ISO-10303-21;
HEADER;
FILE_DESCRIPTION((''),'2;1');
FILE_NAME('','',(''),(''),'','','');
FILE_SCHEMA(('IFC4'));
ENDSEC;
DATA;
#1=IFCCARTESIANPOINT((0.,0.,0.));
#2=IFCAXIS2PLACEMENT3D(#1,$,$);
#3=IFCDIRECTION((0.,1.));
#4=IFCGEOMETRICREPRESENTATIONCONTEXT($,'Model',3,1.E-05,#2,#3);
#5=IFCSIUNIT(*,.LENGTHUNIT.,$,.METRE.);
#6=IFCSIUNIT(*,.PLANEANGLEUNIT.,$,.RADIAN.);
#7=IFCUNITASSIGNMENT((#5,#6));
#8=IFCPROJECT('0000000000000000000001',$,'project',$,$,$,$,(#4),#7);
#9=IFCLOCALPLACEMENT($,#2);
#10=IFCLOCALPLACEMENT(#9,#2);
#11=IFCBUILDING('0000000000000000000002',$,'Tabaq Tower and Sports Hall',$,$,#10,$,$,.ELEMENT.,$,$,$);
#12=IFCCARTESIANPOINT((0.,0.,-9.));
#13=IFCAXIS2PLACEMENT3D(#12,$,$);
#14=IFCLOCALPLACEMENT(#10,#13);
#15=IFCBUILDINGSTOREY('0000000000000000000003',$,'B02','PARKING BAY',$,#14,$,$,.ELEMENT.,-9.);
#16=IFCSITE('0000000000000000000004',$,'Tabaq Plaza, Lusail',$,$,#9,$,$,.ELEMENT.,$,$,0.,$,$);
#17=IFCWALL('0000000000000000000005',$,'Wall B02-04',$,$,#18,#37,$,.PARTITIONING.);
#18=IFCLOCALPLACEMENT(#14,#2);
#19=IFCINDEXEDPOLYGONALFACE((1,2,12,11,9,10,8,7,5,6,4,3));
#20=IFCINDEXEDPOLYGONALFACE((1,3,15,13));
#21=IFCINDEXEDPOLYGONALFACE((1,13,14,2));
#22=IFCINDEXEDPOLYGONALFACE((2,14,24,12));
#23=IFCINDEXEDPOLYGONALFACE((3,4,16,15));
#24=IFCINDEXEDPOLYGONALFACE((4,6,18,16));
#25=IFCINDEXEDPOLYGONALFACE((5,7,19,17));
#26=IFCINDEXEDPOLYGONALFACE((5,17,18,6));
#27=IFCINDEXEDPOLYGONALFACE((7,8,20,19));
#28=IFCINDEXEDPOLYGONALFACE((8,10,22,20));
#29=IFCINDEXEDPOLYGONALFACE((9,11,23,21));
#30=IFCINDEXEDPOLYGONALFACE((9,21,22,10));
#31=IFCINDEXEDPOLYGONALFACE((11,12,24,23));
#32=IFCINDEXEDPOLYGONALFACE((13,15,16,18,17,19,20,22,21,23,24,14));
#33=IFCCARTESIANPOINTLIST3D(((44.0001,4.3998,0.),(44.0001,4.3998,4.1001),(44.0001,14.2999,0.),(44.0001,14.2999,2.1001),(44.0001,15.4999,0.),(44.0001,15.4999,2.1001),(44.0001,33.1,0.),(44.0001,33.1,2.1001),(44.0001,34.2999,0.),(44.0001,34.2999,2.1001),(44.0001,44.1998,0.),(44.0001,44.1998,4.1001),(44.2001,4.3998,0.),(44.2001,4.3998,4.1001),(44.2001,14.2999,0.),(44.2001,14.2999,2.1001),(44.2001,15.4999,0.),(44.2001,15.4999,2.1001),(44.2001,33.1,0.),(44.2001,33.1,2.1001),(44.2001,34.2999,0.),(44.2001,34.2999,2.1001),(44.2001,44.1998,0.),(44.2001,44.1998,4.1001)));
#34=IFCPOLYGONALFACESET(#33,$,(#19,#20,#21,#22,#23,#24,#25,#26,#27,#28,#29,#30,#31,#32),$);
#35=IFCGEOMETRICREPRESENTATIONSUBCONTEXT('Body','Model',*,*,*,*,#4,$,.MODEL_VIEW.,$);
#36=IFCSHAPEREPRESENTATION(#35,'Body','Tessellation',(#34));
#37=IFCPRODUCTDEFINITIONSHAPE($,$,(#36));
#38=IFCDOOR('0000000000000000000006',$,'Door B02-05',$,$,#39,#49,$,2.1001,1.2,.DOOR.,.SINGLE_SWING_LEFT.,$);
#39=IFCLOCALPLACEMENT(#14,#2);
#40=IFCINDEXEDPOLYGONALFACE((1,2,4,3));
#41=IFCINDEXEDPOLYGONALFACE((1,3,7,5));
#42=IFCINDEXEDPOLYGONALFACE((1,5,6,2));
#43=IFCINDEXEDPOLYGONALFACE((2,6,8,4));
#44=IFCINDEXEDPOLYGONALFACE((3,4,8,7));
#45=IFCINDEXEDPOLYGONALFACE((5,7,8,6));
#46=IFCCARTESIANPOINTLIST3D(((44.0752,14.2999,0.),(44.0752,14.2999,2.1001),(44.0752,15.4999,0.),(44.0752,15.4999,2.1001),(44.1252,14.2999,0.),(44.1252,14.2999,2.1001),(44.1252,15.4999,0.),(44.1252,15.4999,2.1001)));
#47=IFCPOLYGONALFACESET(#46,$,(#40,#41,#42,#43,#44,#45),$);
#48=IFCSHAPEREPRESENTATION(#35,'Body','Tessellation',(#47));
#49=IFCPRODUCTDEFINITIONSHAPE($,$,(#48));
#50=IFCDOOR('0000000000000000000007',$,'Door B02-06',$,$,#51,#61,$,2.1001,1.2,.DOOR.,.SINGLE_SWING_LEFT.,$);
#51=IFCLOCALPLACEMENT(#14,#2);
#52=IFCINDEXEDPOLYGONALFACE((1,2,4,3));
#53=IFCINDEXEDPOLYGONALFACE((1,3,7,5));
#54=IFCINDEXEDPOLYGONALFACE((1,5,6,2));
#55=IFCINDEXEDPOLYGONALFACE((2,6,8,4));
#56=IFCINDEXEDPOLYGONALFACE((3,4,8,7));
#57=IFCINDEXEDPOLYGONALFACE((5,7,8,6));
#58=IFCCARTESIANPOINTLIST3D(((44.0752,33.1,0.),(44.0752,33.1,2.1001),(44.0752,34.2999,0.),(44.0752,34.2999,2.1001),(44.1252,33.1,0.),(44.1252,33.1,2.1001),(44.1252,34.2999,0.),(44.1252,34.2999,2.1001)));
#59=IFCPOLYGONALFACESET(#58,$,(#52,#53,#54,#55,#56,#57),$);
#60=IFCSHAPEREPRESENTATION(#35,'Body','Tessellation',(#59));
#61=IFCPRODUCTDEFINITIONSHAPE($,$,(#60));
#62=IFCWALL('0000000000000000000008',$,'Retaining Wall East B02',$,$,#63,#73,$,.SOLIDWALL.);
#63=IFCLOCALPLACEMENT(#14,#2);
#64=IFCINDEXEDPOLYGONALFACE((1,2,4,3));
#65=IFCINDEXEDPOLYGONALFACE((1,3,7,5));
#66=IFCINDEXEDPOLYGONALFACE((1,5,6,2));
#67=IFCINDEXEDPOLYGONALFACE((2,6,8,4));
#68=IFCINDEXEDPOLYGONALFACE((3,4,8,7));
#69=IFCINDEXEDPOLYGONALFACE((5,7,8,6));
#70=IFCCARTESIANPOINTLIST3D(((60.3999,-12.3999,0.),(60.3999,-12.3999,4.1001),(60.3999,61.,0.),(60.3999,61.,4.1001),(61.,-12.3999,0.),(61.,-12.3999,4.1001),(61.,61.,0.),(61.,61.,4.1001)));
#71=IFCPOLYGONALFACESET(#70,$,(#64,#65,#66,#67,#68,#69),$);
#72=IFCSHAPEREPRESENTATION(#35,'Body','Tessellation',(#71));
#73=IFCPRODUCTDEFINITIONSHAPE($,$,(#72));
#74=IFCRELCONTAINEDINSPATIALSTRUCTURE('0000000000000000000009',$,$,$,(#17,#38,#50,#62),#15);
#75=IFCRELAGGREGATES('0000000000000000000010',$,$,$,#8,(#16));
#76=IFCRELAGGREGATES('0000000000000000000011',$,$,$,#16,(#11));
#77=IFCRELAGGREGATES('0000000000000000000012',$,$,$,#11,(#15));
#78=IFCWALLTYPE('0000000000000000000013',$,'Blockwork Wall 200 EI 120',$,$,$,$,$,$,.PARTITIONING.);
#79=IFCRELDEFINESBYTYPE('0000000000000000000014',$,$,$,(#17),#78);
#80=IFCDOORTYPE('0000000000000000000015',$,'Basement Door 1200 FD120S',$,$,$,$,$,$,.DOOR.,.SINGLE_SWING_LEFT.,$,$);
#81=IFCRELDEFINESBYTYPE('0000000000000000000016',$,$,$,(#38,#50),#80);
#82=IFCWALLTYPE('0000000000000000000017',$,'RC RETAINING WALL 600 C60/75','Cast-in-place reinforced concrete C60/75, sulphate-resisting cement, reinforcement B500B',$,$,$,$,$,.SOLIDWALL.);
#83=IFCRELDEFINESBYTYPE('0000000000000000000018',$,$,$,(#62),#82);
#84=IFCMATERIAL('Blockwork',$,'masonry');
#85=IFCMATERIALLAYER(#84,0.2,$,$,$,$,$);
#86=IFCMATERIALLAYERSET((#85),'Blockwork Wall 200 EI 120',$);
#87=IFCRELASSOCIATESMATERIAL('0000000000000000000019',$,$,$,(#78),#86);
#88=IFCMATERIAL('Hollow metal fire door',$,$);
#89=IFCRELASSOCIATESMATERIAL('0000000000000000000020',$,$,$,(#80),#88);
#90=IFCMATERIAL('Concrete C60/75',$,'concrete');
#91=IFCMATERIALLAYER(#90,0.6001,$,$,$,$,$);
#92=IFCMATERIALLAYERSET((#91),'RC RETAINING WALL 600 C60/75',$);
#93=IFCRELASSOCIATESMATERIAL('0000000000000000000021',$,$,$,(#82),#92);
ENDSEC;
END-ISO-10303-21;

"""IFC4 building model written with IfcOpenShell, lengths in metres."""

from ifc_helpers import new_model, si_unit, direction, frame, frame_2d, origin, place, context, subcontext, project, spatial, rectangle, extrude, material, layer, layer_set, type_object, element, fill, save


model = new_model("IFC4")

# Units and contexts
model_context = context("Model", 3, precision=1e-05, world=origin(), true_north=direction((0.0, 1.0)))
body_context = subcontext(model_context, "Body", "Model", "MODEL_VIEW")
ifc_project = project(units=[si_unit("LENGTHUNIT", "METRE"), si_unit("PLANEANGLEUNIT", "RADIAN")], contexts=[model_context])

# Site, building, storey
site_placement = place(None, origin())
site = spatial("IfcSite", under=ifc_project, at=site_placement, Name="Tabaq Plaza, Lusail", CompositionType="ELEMENT", RefElevation=0.0)
building_placement = place(site_placement, origin())
building = spatial("IfcBuilding", under=site, at=building_placement, Name="Tabaq Tower and Sports Hall", CompositionType="ELEMENT")
storey_placement = place(building_placement, frame((0.0, 0.0, -9.0)))
storey = spatial("IfcBuildingStorey", under=building, at=storey_placement, Name="B02", Description="PARKING BAY", CompositionType="ELEMENT", Elevation=-9.0)

# Wall, openings, doors
ifc_material_1 = material(Name="Blockwork", Category="masonry")
ifc_layer_1 = layer(ifc_material_1, 0.2)
ifc_layer_set_1 = layer_set([ifc_layer_1], Name="Blockwork Wall 200 EI 120")
wall_type_1 = type_object("IfcWallType", Name="Blockwork Wall 200 EI 120", PredefinedType="PARTITIONING", material=ifc_layer_set_1)
wall_1_placement = place(storey_placement, frame((44.1001, 4.3999, 0.0), z_axis=(0.0, 0.0, 1.0), x_axis=(0.0, 1.0, 0.0)))
wall_1 = element("IfcWall", 1, at=wall_1_placement, inside=storey, type_object=wall_type_1, Name="Wall B02-04", PredefinedType="PARTITIONING", context=body_context, shape_type="SweptSolid", body=[
    extrude(rectangle(XDim=39.8, YDim=0.2, at=frame_2d((19.8999, 0.0))), origin(), (0.0, 0.0, 1.0), 4.1001),
])
opening_1_placement = place(wall_1_placement, frame((9.8999, 0.0, 0.0)))
opening_1 = element("IfcOpeningElement", 2, at=opening_1_placement, cuts=wall_1, PredefinedType="OPENING", context=body_context, shape_type="SweptSolid", body=[
    extrude(rectangle(XDim=1.2, YDim=2.1001, at=frame_2d((0.6001, 1.05))), frame((0.0, 0.1099, 0.0), z_axis=(0.0, -1.0, 0.0), x_axis=(1.0, 0.0, 0.0)), (0.0, 0.0, 1.0), 0.22),
])
opening_2_placement = place(wall_1_placement, frame((28.7, 0.0, 0.0)))
opening_2 = element("IfcOpeningElement", 3, at=opening_2_placement, cuts=wall_1, PredefinedType="OPENING", context=body_context, shape_type="SweptSolid", body=[
    extrude(rectangle(XDim=1.2, YDim=2.1001, at=frame_2d((0.6001, 1.05))), frame((0.0, 0.1099, 0.0), z_axis=(0.0, -1.0, 0.0), x_axis=(1.0, 0.0, 0.0)), (0.0, 0.0, 1.0), 0.22),
])
ifc_material_2 = material(Name="Hollow metal fire door")
door_type = type_object("IfcDoorType", Name="Basement Door 1200 FD120S", OperationType="SINGLE_SWING_LEFT", PredefinedType="DOOR", material=ifc_material_2)
door_1_placement = place(opening_1_placement, origin())
door_1 = element("IfcDoor", 4, at=door_1_placement, inside=storey, type_object=door_type, Name="Door B02-05", OperationType="SINGLE_SWING_LEFT", OverallHeight=2.1001, OverallWidth=1.2, PredefinedType="DOOR", context=body_context, shape_type="SweptSolid", body=[
    extrude(rectangle(XDim=1.2, YDim=2.1001, at=frame_2d((0.6001, 1.05))), frame((0.0, 0.0249, 0.0), z_axis=(0.0, -1.0, 0.0), x_axis=(1.0, 0.0, 0.0)), (0.0, 0.0, 1.0), 0.05),
])
fill(opening_1, door_1)
door_2_placement = place(opening_2_placement, origin())
door_2 = element("IfcDoor", 5, at=door_2_placement, inside=storey, type_object=door_type, Name="Door B02-06", OperationType="SINGLE_SWING_LEFT", OverallHeight=2.1001, OverallWidth=1.2, PredefinedType="DOOR", context=body_context, shape_type="SweptSolid", body=[
    extrude(rectangle(XDim=1.2, YDim=2.1001, at=frame_2d((0.6001, 1.05))), frame((0.0, 0.0249, 0.0), z_axis=(0.0, -1.0, 0.0), x_axis=(1.0, 0.0, 0.0)), (0.0, 0.0, 1.0), 0.05),
])
fill(opening_2, door_2)

# Wall
ifc_material_3 = material(Name="Concrete C60/75", Category="concrete")
ifc_layer_2 = layer(ifc_material_3, 0.6001)
ifc_layer_set_2 = layer_set([ifc_layer_2], Name="RC RETAINING WALL 600 C60/75")
wall_type_2 = type_object("IfcWallType", Name="RC RETAINING WALL 600 C60/75", Description="Cast-in-place reinforced concrete C60/75, sulphate-resisting cement, reinforcement B500B", PredefinedType="SOLIDWALL", material=ifc_layer_set_2)
wall_2_placement = place(storey_placement, frame((60.7, -12.3999, 0.0), z_axis=(0.0, 0.0, 1.0), x_axis=(0.0, 1.0, 0.0)))
element("IfcWall", 6, at=wall_2_placement, inside=storey, type_object=wall_type_2, Name="Retaining Wall East B02", PredefinedType="SOLIDWALL", context=body_context, shape_type="SweptSolid", body=[
    extrude(rectangle(XDim=73.3999, YDim=0.6001, at=frame_2d((36.7, 0.0))), origin(), (0.0, 0.0, 1.0), 4.1001),
])

save(model, "model.ifc")
